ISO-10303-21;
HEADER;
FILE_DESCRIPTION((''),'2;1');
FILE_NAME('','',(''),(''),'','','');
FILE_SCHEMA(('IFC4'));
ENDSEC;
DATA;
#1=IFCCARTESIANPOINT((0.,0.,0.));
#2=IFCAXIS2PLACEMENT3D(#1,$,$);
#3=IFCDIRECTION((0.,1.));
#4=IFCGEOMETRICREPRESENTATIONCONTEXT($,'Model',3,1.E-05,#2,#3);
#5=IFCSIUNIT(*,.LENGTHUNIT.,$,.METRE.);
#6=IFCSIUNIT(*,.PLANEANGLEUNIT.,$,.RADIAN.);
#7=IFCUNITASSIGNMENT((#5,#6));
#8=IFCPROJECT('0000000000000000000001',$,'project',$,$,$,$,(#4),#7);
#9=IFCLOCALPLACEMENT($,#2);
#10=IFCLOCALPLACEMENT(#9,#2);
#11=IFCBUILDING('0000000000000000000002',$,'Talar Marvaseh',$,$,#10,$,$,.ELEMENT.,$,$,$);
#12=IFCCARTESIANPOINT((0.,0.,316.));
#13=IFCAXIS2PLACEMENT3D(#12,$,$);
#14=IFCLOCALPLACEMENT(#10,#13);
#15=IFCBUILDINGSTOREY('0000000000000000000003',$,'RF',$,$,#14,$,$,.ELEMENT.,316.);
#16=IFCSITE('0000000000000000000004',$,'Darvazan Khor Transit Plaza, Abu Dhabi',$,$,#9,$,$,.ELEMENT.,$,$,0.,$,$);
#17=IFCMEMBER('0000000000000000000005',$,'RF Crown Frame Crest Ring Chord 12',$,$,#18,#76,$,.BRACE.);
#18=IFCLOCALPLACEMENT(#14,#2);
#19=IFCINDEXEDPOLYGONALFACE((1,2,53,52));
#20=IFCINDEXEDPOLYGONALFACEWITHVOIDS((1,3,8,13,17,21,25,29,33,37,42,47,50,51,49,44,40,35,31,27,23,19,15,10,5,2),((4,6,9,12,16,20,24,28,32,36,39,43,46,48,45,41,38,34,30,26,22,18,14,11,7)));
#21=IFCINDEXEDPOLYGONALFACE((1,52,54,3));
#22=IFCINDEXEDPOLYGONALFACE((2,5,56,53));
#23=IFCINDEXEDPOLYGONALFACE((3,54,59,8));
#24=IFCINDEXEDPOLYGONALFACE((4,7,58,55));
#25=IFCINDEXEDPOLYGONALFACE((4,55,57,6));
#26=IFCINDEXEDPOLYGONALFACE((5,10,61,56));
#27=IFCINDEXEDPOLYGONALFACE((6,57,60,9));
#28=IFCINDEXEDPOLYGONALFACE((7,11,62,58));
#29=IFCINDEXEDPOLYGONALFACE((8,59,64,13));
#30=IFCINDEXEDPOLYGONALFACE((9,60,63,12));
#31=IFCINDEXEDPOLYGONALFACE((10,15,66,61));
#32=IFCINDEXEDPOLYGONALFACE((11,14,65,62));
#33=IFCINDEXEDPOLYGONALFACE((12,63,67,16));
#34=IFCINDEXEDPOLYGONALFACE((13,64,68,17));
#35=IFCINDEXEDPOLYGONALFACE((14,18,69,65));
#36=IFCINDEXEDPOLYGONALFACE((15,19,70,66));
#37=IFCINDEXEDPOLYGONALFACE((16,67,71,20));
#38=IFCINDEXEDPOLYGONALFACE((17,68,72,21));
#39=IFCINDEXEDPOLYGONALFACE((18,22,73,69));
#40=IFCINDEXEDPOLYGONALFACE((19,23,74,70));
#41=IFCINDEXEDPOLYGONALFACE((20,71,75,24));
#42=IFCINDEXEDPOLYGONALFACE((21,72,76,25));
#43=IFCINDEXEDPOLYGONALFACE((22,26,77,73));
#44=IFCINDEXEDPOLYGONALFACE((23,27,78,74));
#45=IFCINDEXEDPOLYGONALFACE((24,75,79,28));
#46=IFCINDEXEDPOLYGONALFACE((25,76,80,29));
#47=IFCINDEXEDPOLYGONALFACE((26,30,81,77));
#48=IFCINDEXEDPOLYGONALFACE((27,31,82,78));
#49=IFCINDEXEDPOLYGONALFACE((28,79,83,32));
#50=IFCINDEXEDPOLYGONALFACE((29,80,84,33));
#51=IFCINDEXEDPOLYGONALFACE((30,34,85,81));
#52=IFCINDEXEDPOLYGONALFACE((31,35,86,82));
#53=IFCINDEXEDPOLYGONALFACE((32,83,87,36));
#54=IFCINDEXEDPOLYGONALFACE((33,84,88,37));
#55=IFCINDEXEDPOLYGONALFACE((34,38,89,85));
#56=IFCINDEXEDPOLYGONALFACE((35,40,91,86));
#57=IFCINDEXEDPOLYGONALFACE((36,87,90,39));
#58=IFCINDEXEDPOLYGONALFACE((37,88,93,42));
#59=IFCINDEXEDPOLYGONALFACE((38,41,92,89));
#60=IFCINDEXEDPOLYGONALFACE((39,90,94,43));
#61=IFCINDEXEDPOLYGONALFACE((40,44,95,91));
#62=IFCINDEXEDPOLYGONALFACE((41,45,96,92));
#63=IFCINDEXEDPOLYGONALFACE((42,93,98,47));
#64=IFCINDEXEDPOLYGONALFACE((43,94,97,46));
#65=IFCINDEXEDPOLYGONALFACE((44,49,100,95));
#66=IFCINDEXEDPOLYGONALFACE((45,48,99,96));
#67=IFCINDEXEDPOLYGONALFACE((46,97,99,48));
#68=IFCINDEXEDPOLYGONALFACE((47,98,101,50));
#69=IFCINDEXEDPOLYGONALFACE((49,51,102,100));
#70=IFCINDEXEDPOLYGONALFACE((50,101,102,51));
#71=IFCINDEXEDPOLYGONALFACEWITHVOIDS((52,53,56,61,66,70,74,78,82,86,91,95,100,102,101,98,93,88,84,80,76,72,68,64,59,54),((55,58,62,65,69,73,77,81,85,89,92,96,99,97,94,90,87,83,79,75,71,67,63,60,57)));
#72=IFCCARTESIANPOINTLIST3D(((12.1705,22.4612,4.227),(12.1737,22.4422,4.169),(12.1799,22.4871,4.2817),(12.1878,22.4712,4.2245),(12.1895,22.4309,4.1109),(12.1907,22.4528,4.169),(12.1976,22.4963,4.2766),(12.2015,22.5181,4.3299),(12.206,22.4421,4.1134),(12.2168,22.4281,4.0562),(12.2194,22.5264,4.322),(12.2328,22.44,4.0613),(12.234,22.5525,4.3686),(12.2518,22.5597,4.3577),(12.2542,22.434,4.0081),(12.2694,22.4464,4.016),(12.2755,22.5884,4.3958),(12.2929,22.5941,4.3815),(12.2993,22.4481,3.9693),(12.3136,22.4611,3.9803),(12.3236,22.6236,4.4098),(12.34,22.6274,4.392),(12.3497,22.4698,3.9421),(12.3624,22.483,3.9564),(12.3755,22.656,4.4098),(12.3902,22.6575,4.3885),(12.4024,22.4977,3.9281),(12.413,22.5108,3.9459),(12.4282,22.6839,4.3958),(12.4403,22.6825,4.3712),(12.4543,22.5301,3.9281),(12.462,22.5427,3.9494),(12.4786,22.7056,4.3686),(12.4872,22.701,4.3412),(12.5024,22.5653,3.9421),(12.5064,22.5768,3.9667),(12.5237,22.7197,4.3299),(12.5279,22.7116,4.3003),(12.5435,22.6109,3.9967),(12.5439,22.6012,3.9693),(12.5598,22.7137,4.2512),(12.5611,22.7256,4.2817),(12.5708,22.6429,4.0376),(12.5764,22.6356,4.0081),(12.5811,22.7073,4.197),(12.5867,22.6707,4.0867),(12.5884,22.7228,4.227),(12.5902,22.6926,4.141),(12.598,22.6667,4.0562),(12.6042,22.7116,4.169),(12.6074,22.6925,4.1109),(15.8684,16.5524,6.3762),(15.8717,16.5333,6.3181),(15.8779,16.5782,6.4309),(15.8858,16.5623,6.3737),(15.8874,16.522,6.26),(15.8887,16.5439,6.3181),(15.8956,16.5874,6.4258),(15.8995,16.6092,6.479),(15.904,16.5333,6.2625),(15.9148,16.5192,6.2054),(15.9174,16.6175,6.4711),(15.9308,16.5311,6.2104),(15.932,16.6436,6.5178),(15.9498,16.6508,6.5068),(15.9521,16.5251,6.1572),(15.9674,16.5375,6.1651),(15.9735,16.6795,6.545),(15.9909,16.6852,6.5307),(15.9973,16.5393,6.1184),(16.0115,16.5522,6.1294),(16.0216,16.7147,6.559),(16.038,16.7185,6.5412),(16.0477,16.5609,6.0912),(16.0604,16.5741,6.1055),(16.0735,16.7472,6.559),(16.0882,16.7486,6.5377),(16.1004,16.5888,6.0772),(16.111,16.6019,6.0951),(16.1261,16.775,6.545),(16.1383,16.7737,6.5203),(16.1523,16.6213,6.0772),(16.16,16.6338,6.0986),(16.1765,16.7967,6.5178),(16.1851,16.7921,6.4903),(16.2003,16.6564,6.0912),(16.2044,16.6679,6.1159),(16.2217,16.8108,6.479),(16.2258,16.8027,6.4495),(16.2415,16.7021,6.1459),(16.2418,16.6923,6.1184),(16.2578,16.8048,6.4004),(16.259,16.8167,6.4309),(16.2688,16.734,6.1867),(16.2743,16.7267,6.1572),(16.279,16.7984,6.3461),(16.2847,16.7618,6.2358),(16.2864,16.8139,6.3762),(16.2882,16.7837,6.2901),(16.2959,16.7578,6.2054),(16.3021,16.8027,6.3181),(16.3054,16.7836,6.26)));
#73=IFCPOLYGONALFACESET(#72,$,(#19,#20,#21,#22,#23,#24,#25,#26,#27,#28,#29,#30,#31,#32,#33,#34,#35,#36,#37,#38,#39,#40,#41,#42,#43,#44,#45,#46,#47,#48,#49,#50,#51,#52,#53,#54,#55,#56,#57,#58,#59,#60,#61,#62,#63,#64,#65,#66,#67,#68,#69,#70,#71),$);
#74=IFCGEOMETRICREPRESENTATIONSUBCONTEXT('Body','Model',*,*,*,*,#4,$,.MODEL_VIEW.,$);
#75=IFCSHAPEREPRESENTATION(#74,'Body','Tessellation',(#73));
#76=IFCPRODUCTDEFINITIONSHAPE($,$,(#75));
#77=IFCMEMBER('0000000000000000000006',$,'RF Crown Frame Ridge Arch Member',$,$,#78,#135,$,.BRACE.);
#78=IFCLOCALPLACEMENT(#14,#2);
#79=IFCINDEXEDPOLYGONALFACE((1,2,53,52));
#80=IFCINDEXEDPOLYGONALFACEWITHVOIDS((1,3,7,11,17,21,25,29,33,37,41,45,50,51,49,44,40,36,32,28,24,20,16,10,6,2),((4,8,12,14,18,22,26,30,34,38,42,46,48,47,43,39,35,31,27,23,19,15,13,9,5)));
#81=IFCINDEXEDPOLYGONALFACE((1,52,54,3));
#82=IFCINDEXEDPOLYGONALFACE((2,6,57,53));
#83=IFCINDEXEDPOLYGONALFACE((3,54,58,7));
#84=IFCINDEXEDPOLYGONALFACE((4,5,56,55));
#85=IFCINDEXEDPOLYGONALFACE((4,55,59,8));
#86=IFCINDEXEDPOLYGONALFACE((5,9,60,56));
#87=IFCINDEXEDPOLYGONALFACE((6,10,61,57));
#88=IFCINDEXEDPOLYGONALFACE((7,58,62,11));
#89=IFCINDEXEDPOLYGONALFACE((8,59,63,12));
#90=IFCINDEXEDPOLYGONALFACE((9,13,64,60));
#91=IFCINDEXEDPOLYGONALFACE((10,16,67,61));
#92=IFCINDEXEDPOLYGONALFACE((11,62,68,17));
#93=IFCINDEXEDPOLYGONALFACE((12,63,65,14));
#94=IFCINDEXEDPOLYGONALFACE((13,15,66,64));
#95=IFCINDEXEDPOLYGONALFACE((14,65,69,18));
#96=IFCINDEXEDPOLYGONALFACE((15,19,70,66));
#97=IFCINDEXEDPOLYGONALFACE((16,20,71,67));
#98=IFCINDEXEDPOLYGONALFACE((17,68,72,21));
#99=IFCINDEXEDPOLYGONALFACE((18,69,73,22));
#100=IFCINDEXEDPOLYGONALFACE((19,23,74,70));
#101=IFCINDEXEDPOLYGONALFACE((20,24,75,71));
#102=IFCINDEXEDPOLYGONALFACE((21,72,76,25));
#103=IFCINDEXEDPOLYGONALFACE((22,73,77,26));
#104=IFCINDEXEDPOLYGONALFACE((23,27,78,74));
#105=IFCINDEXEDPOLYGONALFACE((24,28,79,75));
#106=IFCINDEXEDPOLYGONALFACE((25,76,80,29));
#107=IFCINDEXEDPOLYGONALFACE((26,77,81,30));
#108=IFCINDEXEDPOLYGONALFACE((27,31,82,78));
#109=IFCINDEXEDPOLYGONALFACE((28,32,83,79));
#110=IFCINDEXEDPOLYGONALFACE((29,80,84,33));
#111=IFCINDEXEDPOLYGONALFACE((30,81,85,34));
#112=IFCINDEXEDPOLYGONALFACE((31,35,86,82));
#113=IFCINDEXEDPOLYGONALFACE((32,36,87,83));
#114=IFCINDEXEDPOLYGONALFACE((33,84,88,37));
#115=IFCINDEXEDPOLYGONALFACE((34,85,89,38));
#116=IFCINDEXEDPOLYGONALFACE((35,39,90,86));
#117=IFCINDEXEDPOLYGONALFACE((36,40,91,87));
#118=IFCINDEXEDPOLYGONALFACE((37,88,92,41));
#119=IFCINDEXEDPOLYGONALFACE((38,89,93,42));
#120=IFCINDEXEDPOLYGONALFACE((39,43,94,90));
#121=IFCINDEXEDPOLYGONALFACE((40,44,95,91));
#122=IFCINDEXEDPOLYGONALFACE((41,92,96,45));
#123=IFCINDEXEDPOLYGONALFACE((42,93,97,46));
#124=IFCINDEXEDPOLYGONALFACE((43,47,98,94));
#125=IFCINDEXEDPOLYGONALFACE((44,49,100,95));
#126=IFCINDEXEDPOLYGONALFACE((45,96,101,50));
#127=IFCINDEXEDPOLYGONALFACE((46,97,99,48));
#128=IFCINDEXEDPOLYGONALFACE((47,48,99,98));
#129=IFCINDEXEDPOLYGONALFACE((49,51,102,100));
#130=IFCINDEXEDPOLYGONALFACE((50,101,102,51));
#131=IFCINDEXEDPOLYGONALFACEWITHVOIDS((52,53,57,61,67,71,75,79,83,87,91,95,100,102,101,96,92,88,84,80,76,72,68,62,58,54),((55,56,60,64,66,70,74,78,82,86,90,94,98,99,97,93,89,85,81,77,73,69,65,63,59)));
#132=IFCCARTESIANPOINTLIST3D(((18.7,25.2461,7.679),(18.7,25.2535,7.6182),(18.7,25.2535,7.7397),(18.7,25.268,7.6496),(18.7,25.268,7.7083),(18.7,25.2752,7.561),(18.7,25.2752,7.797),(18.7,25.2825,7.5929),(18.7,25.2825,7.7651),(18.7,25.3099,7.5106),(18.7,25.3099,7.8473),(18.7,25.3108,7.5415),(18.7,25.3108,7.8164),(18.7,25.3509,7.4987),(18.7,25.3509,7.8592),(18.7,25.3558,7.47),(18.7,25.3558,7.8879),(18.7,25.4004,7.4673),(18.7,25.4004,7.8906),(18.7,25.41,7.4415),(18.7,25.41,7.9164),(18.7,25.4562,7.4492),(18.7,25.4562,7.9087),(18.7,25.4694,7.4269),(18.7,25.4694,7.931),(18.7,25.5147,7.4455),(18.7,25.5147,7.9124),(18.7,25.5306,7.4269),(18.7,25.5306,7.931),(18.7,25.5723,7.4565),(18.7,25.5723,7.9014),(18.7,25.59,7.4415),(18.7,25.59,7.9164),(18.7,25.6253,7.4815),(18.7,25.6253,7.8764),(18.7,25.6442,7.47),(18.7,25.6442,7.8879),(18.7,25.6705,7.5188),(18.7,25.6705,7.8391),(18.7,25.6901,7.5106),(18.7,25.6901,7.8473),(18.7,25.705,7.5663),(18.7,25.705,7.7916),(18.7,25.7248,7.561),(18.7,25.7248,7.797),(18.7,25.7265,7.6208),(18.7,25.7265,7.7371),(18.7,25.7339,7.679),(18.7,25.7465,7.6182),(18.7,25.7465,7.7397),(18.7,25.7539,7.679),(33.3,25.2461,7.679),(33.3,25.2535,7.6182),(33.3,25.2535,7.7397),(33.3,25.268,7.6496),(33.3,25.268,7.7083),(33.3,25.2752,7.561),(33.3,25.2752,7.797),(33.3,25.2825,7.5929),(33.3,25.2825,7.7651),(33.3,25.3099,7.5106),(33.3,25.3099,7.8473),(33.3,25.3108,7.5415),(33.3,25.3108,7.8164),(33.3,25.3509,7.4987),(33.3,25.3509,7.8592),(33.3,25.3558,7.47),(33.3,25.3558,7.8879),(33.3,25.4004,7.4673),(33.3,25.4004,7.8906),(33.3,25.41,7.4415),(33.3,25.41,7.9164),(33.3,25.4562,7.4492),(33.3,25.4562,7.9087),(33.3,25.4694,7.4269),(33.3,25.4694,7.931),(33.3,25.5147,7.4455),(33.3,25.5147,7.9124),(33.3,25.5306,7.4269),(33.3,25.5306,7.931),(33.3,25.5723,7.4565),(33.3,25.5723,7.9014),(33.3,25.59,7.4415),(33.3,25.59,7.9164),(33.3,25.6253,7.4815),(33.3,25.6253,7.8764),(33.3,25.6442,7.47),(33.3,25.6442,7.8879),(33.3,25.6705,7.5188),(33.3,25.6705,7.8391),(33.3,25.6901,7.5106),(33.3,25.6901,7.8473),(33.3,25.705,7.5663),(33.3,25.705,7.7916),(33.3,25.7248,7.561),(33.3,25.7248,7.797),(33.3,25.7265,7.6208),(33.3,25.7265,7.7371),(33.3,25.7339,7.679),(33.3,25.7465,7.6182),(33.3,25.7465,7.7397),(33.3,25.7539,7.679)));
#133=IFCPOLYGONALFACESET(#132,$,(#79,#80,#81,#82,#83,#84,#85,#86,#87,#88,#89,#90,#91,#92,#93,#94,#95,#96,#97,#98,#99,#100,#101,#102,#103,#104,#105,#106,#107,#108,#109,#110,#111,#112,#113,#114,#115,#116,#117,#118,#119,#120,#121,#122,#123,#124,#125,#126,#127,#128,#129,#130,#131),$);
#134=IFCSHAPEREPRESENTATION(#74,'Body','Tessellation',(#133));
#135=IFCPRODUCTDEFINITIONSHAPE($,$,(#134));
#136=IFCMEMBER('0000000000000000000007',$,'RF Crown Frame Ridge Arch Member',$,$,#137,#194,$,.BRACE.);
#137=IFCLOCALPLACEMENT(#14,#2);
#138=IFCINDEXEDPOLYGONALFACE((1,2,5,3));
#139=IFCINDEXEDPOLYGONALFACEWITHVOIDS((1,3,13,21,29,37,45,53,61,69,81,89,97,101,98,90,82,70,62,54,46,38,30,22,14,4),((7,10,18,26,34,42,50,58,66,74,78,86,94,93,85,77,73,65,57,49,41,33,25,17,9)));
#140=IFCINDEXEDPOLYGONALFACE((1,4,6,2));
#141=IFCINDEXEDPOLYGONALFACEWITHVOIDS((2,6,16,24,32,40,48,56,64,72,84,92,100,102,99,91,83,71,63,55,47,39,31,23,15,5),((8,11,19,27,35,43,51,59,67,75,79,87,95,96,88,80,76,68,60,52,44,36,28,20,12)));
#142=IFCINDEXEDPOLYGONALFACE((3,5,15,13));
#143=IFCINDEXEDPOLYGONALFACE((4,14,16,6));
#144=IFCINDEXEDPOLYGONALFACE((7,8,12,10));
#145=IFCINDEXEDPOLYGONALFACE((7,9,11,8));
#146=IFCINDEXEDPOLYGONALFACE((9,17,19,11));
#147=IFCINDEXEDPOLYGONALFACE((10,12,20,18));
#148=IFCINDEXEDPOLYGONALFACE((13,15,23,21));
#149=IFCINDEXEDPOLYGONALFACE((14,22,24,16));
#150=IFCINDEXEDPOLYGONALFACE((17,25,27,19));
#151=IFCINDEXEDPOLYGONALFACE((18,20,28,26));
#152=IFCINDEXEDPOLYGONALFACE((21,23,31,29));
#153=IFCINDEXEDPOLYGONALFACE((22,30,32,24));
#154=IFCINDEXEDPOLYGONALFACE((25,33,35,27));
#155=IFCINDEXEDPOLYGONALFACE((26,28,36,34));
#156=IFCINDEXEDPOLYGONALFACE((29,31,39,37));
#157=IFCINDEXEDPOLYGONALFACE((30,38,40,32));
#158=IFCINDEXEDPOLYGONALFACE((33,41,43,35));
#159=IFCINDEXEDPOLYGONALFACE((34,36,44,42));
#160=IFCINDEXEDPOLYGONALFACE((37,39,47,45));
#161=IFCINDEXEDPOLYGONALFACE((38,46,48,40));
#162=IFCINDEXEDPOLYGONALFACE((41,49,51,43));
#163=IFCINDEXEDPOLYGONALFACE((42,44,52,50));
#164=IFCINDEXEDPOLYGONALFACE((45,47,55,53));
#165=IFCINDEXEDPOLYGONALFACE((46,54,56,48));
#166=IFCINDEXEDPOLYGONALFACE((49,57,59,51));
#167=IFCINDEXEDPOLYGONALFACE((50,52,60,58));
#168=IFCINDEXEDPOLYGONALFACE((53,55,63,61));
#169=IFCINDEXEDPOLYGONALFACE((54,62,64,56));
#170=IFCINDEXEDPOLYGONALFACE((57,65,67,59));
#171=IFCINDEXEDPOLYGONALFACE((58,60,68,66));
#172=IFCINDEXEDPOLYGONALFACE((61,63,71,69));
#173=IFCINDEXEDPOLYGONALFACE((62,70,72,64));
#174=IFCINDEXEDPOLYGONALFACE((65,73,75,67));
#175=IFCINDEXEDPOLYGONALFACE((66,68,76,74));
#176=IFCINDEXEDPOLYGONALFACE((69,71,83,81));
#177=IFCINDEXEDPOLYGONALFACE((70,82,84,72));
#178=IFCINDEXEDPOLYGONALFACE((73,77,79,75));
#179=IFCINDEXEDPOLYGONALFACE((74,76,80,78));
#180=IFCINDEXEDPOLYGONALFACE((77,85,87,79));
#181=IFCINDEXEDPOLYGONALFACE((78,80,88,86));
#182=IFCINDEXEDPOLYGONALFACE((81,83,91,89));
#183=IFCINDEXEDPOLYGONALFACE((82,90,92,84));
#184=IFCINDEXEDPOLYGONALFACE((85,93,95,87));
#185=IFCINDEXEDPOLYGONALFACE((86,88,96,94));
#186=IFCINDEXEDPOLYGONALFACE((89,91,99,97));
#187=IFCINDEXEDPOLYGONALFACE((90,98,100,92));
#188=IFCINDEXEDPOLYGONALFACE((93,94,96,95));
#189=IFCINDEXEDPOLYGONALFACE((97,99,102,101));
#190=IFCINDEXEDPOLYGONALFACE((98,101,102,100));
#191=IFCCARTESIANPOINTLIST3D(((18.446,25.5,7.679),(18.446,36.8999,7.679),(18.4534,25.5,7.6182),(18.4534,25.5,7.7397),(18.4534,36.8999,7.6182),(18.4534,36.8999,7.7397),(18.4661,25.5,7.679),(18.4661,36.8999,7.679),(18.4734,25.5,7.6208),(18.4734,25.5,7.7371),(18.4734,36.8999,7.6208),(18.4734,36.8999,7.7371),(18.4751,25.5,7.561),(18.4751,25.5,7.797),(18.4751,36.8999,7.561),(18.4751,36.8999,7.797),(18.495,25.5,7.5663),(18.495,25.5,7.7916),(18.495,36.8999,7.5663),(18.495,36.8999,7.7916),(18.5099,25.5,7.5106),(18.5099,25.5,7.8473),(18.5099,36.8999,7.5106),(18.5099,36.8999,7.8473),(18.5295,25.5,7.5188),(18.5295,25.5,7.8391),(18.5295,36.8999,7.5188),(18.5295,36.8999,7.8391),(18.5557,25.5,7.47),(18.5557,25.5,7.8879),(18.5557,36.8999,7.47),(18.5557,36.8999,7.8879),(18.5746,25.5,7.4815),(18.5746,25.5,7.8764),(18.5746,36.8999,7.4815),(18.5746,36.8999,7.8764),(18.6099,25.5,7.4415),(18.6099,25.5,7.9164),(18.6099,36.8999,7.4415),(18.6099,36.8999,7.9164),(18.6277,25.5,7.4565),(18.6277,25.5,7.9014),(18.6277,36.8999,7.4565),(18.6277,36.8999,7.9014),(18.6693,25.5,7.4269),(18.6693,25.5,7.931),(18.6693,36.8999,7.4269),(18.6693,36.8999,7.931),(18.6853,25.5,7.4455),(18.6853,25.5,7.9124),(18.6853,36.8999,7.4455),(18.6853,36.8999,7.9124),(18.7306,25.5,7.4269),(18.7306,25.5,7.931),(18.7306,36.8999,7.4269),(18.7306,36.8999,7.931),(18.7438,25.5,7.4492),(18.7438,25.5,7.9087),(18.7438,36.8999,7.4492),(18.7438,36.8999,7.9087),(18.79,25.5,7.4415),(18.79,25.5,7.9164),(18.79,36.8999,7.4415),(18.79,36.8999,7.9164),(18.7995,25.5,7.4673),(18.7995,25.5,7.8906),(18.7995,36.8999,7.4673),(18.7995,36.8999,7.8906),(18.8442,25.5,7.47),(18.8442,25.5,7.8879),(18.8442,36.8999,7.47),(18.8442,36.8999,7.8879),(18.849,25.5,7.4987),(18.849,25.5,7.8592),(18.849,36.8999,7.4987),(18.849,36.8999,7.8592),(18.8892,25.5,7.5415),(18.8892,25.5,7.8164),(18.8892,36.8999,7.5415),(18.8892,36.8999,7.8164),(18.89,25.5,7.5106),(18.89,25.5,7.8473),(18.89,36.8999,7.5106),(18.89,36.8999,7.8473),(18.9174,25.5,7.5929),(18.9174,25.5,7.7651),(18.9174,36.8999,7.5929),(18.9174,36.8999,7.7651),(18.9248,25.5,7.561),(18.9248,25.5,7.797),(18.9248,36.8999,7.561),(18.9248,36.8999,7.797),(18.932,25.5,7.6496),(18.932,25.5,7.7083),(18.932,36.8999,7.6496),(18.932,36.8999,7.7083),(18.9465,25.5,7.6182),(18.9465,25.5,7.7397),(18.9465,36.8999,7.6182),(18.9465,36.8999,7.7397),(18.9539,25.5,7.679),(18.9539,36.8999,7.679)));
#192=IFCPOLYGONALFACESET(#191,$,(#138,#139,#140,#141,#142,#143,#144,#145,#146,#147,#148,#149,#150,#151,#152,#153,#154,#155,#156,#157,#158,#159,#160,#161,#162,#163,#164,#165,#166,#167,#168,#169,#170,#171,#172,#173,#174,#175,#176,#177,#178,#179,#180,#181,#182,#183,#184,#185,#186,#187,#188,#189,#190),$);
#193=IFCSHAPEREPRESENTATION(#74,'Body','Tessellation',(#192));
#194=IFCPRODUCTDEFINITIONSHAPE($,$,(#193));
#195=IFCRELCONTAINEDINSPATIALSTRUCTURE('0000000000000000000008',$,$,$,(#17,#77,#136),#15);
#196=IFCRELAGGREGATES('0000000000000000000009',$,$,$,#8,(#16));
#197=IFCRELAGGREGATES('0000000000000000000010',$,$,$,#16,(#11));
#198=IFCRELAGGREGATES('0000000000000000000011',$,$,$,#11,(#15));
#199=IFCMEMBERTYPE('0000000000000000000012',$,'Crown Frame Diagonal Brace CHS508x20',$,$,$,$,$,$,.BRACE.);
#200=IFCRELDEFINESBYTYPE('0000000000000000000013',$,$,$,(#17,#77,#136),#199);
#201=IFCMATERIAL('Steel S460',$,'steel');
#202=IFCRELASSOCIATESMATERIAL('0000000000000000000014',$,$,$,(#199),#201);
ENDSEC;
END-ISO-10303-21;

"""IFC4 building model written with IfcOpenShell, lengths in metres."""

from ifc_helpers import new_model, si_unit, direction, frame, origin, origin_2d, place, context, subcontext, project, spatial, hollow_circle, extrude, source, transform, mapped, material, material_profile, profile_set, type_object, element, save


model = new_model("IFC4")

# Units and contexts
model_context = context("Model", 3, precision=1e-05, world=origin(), true_north=direction((0.0, 1.0)))
body_context = subcontext(model_context, "Body", "Model", "MODEL_VIEW")
ifc_project = project(units=[si_unit("LENGTHUNIT", "METRE"), si_unit("PLANEANGLEUNIT", "RADIAN")], contexts=[model_context])

# Site, building, storey
site_placement = place(None, origin())
site = spatial("IfcSite", under=ifc_project, at=site_placement, Name="Darvazan Khor Transit Plaza, Abu Dhabi", CompositionType="ELEMENT", RefElevation=0.0)
building_placement = place(site_placement, origin())
building = spatial("IfcBuilding", under=site, at=building_placement, Name="Talar Marvaseh", CompositionType="ELEMENT")
storey_placement = place(building_placement, frame((0.0, 0.0, 316.0)))
storey = spatial("IfcBuildingStorey", under=building, at=storey_placement, Name="RF", CompositionType="ELEMENT", Elevation=316.0)

# Shared definitions
ifc_material_1 = material(Name="Steel S460", Category="steel")

# Members
ifc_material_profile_1 = material_profile(ifc_material_1, hollow_circle(Radius=0.2539, WallThickness=0.02, at=origin_2d()), Name="CHS508x20")
ifc_profile_set_1 = profile_set([ifc_material_profile_1], Name="Steel S460")
member_type = type_object("IfcMemberType", Name="Crown Frame Diagonal Brace CHS508x20", PredefinedType="BRACE", material=ifc_profile_set_1)
shared_shape_1 = source(origin(), body_context, "Body", "SweptSolid", [
    extrude(hollow_circle(Radius=0.2539, WallThickness=0.02, at=origin_2d()), origin(), (0.0, 0.0, 1.0), 7.2944),
])
member_1_placement = place(storey_placement, frame((16.0869, 16.668, 6.3181), z_axis=(-0.506957, 0.810054, -0.294629), x_axis=(-0.847681, -0.530506, 0.0)))
element("IfcMember", 1, at=member_1_placement, inside=storey, type_object=member_type, Name="RF Crown Frame Crest Ring Chord 12", PredefinedType="BRACE", context=body_context, shape_type="MappedRepresentation", body=[
    mapped(shared_shape_1, transform((0.0, 0.0, 0.0), x_axis=(1.0, 0.0, 0.0), y_axis=(0.0, 1.0, 0.0), z_axis=(0.0, 0.0, 1.0), scale=1.0)),
])
shared_shape_2 = source(origin(), body_context, "Body", "SweptSolid", [
    extrude(hollow_circle(Radius=0.2539, WallThickness=0.02, at=origin_2d()), origin(), (0.0, 0.0, 1.0), 14.6001),
])
member_2_placement = place(storey_placement, frame((18.7, 25.5, 7.679), z_axis=(1.0, 0.0, 0.0), x_axis=(0.0, 1.0, 0.0)))
element("IfcMember", 2, at=member_2_placement, inside=storey, type_object=member_type, Name="RF Crown Frame Ridge Arch Member", PredefinedType="BRACE", context=body_context, shape_type="MappedRepresentation", body=[
    mapped(shared_shape_2, transform((0.0, 0.0, 0.0), x_axis=(1.0, 0.0, 0.0), y_axis=(0.0, 1.0, 0.0), z_axis=(0.0, 0.0, 1.0), scale=1.0)),
])
shared_shape_3 = source(origin(), body_context, "Body", "SweptSolid", [
    extrude(hollow_circle(Radius=0.2539, WallThickness=0.02, at=origin_2d()), origin(), (0.0, 0.0, 1.0), 11.3999),
])
for number, where, z_axis, x_axis, name in (
    (3, (18.7, 25.5, 7.679), (0.0, 1.0, 0.0), (-1.0, 0.0, 0.0), "RF Crown Frame Ridge Arch Member"),
):
    element("IfcMember", number, at=place(storey_placement, frame(where, z_axis=z_axis, x_axis=x_axis)), inside=storey, type_object=member_type, Name=name, PredefinedType="BRACE", context=body_context, shape_type="MappedRepresentation", body=[
        mapped(shared_shape_3, transform((0.0, 0.0, 0.0), x_axis=(1.0, 0.0, 0.0), y_axis=(0.0, 1.0, 0.0), z_axis=(0.0, 0.0, 1.0), scale=1.0)),
    ])

save(model, "model.ifc")
